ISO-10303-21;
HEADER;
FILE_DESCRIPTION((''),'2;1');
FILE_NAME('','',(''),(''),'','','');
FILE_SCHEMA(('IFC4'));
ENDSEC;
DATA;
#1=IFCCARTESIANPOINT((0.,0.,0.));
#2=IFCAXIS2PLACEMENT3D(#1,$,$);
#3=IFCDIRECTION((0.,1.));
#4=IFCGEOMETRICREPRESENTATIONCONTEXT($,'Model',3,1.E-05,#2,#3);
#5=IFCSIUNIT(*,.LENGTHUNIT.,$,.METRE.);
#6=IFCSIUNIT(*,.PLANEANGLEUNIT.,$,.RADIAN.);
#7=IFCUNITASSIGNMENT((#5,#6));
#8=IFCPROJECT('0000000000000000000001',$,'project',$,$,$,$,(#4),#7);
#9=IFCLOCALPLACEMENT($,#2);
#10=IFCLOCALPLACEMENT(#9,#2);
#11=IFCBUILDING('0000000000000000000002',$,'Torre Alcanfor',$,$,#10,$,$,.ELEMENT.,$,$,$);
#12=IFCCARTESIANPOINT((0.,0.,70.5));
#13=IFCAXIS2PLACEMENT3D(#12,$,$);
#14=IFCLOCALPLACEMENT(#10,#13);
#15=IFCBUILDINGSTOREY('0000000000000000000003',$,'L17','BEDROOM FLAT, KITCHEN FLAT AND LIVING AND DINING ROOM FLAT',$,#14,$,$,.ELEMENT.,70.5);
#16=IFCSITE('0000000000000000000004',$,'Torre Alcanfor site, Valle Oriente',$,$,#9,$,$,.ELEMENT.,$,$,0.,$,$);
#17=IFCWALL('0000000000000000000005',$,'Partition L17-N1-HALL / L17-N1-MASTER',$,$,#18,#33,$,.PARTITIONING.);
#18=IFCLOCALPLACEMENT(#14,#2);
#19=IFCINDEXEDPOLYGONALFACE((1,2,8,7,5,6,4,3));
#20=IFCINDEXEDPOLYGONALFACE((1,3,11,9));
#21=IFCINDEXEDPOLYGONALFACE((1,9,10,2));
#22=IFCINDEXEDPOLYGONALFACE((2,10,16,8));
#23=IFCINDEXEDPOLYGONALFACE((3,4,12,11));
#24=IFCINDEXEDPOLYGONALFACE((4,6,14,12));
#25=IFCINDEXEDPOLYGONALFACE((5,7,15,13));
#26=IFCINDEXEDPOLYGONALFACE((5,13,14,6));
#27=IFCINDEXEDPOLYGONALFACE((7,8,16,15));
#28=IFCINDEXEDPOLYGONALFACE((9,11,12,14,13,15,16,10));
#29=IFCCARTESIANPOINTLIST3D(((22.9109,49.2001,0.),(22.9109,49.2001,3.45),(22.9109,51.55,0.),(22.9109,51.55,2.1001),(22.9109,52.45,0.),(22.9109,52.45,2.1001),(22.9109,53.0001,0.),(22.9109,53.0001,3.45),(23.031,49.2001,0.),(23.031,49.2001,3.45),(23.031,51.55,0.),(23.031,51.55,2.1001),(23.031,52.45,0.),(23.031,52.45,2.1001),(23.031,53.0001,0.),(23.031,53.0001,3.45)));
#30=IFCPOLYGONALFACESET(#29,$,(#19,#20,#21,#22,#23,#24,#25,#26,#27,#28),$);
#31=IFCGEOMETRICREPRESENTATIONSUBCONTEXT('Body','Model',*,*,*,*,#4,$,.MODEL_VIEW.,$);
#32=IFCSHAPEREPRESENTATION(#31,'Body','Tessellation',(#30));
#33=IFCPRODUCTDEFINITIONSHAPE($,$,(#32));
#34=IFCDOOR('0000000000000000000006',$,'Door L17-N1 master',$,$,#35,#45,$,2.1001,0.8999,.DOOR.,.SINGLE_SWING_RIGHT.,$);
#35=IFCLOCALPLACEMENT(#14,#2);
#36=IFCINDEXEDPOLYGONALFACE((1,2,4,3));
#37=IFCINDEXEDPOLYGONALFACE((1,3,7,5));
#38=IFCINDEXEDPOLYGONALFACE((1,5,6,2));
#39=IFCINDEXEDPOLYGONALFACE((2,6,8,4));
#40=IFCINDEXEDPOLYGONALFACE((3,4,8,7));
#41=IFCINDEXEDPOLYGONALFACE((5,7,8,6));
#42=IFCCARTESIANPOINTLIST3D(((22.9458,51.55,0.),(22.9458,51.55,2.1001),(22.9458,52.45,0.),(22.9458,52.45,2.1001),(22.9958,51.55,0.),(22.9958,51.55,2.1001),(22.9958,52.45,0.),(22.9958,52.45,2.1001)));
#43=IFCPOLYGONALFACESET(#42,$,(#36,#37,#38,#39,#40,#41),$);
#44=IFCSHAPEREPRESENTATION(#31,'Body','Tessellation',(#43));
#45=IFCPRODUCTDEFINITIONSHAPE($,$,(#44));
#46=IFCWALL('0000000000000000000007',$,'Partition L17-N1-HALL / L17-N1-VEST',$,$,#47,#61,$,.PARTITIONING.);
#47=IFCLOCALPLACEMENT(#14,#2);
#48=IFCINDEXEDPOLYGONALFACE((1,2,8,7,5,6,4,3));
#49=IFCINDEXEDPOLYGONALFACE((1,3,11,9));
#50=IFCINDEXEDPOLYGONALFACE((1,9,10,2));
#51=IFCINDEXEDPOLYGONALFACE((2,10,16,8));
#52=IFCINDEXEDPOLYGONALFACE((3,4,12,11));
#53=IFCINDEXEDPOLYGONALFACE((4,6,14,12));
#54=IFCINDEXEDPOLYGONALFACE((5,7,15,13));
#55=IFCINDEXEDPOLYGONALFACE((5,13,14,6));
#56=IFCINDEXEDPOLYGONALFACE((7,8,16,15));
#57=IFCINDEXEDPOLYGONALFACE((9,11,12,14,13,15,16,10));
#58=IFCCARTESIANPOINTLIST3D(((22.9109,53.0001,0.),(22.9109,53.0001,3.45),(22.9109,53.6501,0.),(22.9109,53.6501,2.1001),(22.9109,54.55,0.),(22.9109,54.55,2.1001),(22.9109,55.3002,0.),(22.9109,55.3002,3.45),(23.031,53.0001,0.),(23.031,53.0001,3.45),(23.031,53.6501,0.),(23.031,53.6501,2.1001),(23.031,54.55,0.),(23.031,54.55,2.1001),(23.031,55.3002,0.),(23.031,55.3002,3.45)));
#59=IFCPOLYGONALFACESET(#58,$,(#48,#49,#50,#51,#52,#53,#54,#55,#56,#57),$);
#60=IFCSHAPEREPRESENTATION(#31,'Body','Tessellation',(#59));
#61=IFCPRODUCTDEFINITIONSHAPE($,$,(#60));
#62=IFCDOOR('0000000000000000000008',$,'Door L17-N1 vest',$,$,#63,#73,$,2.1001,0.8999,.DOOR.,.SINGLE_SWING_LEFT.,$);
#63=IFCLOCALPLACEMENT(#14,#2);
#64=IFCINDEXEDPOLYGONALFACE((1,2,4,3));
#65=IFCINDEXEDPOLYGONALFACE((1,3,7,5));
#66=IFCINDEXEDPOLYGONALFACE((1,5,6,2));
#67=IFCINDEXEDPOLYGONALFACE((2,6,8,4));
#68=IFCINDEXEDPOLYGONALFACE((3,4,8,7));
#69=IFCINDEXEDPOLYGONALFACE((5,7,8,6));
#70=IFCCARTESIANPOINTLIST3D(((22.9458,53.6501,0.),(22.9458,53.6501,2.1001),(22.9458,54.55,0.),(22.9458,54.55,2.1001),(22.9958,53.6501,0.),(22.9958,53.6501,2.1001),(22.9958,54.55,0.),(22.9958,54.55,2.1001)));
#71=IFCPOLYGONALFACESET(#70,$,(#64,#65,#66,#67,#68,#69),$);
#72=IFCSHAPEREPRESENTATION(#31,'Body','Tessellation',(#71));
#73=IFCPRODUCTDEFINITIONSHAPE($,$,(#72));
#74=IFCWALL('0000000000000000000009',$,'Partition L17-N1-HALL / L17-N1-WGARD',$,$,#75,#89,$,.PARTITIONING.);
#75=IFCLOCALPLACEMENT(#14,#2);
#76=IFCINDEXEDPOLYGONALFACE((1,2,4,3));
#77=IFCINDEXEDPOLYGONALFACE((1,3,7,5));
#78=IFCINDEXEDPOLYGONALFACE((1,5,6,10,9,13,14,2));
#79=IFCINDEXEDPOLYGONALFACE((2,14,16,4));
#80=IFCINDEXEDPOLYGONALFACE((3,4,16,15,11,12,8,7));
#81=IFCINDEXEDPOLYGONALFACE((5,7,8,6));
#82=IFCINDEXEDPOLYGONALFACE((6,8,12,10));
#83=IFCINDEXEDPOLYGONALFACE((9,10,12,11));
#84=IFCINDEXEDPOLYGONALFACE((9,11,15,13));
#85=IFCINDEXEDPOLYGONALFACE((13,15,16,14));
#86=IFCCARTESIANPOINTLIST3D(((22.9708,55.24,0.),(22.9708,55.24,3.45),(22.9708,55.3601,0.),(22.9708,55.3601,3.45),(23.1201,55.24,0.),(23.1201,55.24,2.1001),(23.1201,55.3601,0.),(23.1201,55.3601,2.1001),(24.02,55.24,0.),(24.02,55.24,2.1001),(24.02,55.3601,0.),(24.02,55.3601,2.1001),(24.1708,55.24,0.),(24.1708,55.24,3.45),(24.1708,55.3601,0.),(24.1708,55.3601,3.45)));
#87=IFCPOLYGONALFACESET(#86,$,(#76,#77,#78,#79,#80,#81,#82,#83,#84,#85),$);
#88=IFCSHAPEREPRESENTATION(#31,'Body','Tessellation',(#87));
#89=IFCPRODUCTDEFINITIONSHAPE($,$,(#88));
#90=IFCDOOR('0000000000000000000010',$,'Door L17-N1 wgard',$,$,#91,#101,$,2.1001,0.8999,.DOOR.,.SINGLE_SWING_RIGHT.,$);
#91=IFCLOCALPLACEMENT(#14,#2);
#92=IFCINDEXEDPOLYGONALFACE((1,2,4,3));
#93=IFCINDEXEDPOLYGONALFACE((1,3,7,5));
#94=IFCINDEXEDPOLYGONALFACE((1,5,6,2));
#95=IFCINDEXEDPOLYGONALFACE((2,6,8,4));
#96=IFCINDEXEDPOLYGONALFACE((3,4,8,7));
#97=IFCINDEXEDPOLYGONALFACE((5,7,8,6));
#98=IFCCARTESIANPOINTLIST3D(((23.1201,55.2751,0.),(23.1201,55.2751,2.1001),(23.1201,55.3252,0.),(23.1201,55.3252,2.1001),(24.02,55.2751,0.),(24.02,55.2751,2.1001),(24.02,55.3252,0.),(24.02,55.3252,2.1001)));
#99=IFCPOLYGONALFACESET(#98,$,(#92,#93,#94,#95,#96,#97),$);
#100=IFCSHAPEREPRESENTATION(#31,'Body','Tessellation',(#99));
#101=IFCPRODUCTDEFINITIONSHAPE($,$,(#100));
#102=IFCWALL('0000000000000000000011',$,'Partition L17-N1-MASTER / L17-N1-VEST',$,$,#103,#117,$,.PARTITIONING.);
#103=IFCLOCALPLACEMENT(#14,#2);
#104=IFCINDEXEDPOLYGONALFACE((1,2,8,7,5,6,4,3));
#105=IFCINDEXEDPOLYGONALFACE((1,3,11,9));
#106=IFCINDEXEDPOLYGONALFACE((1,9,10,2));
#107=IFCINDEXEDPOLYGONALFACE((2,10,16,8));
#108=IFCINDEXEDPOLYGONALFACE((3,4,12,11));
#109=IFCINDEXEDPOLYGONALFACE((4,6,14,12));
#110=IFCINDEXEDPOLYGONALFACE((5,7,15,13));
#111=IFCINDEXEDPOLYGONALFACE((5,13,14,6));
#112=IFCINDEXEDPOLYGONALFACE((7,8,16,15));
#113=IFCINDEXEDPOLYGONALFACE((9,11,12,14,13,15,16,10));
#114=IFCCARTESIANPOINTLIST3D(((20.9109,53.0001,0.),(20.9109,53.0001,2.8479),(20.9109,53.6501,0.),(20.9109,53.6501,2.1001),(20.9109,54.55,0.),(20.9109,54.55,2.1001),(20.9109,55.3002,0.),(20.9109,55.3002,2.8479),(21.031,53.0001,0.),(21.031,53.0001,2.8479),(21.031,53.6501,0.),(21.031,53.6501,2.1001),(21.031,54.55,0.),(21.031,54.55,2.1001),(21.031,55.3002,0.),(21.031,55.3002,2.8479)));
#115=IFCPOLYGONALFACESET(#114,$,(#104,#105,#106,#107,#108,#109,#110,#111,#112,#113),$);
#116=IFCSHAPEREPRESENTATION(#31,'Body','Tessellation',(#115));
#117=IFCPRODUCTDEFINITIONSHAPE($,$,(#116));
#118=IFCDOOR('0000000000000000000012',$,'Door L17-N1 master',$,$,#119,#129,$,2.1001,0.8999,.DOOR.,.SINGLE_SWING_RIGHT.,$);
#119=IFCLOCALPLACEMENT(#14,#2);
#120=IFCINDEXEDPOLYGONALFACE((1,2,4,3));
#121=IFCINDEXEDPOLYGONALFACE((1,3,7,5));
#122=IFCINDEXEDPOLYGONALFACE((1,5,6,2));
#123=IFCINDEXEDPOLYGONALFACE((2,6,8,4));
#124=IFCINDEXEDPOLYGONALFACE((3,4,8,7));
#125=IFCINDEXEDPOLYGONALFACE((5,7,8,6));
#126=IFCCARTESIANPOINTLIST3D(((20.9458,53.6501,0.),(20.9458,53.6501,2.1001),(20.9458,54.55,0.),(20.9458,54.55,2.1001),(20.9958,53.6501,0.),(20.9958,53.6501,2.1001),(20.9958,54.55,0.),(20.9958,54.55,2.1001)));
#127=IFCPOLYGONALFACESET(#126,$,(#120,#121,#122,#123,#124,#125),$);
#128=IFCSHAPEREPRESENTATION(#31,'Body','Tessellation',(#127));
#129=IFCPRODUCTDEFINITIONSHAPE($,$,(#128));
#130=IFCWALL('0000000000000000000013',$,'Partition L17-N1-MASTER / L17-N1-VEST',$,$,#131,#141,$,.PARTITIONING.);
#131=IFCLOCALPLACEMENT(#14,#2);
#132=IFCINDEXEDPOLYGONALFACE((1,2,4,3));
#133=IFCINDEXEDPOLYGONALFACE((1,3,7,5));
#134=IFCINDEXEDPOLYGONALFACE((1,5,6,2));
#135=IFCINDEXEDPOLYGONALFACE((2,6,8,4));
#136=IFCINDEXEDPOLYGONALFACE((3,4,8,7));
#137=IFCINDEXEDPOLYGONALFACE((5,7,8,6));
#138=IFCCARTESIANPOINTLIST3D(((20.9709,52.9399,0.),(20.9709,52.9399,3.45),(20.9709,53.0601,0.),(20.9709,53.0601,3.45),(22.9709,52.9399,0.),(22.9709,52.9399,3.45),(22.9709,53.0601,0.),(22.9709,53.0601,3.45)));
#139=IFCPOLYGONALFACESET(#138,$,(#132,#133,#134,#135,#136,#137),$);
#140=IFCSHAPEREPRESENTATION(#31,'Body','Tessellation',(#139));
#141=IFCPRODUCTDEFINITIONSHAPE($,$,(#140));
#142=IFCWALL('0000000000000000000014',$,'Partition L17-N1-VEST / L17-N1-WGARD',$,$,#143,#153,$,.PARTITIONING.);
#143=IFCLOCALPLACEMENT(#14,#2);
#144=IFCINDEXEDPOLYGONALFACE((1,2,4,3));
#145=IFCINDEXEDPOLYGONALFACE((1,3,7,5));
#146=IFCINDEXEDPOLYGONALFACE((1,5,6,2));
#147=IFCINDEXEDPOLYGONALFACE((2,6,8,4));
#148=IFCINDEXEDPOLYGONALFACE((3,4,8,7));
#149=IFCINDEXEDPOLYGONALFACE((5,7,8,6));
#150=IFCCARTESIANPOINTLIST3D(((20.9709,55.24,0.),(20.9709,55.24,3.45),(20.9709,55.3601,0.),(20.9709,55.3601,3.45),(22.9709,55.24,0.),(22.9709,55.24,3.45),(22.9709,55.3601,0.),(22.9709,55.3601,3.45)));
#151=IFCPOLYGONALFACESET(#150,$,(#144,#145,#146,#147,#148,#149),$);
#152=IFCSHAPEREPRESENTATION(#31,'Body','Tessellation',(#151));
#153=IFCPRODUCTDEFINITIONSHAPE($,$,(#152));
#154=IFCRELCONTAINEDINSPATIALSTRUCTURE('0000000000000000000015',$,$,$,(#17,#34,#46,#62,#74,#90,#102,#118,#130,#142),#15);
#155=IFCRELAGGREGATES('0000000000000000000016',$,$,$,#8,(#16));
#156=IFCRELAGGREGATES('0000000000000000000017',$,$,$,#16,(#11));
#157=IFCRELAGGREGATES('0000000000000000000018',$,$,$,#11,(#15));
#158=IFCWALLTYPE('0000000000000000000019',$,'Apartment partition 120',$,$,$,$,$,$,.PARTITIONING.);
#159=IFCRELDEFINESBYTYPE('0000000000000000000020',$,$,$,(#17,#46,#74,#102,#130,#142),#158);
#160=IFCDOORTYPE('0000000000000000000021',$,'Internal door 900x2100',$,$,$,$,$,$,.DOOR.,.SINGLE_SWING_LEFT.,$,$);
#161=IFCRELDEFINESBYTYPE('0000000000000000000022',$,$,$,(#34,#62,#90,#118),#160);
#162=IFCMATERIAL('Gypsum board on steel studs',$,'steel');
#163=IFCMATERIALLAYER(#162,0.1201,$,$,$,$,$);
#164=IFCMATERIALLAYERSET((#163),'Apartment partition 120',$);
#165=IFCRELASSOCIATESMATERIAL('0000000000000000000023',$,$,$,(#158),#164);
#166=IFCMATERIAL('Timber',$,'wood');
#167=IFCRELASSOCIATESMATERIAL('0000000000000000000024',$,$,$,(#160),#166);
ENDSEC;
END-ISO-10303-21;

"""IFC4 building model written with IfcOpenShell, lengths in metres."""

from ifc_helpers import new_model, si_unit, direction, frame, frame_2d, origin, place, context, subcontext, project, spatial, rectangle, extrude, material, layer, layer_set, type_object, element, fill, save


model = new_model("IFC4")

# Units and contexts
model_context = context("Model", 3, precision=1e-05, world=origin(), true_north=direction((0.0, 1.0)))
body_context = subcontext(model_context, "Body", "Model", "MODEL_VIEW")
ifc_project = project(units=[si_unit("LENGTHUNIT", "METRE"), si_unit("PLANEANGLEUNIT", "RADIAN")], contexts=[model_context])

# Site, building, storey
site_placement = place(None, origin())
site = spatial("IfcSite", under=ifc_project, at=site_placement, Name="Torre Alcanfor site, Valle Oriente", CompositionType="ELEMENT", RefElevation=0.0)
building_placement = place(site_placement, origin())
building = spatial("IfcBuilding", under=site, at=building_placement, Name="Torre Alcanfor", CompositionType="ELEMENT")
storey_placement = place(building_placement, frame((0.0, 0.0, 70.5)))
storey = spatial("IfcBuildingStorey", under=building, at=storey_placement, Name="L17", Description="BEDROOM FLAT, KITCHEN FLAT AND LIVING AND DINING ROOM FLAT", CompositionType="ELEMENT", Elevation=70.5)

# Shared definitions
ifc_material_1 = material(Name="Gypsum board on steel studs", Category="steel")
ifc_layer_1 = layer(ifc_material_1, 0.1201)
ifc_layer_set_1 = layer_set([ifc_layer_1], Name="Apartment partition 120")
wall_type = type_object("IfcWallType", Name="Apartment partition 120", PredefinedType="PARTITIONING", material=ifc_layer_set_1)

# Shared definitions
ifc_material_2 = material(Name="Timber", Category="wood")
door_type = type_object("IfcDoorType", Name="Internal door 900x2100", OperationType="SINGLE_SWING_LEFT", PredefinedType="DOOR", material=ifc_material_2)

# Walls, openings, doors
wall_1_placement = place(storey_placement, frame((22.9709, 53.0, 0.0), z_axis=(0.0, 0.0, 1.0), x_axis=(0.0, -1.0, 0.0)))
wall_1 = element("IfcWall", 1, at=wall_1_placement, inside=storey, type_object=wall_type, Name="Partition L17-N1-HALL / L17-N1-MASTER", PredefinedType="PARTITIONING", context=body_context, shape_type="SweptSolid", body=[
    extrude(rectangle(XDim=3.8, YDim=0.1201, at=frame_2d((1.8999, 0.0))), origin(), (0.0, 0.0, 1.0), 3.45),
])
opening_1_placement = place(wall_1_placement, frame((0.55, 0.0, 0.0)))
opening_1 = element("IfcOpeningElement", 2, at=opening_1_placement, cuts=wall_1, PredefinedType="OPENING", context=body_context, shape_type="SweptSolid", body=[
    extrude(rectangle(XDim=0.8999, YDim=2.1001, at=frame_2d((0.45, 1.05))), frame((0.0, 0.0701, 0.0), z_axis=(0.0, -1.0, 0.0), x_axis=(1.0, 0.0, 0.0)), (0.0, 0.0, 1.0), 0.1401),
])
door_1_placement = place(opening_1_placement, frame((0.8999, 0.0, 0.0), z_axis=(0.0, 0.0, 1.0), x_axis=(-1.0, 0.0, 0.0)))
door_1 = element("IfcDoor", 3, at=door_1_placement, inside=storey, type_object=door_type, Name="Door L17-N1 master", OperationType="SINGLE_SWING_RIGHT", OverallHeight=2.1001, OverallWidth=0.8999, PredefinedType="DOOR", context=body_context, shape_type="SweptSolid", body=[
    extrude(rectangle(XDim=0.8999, YDim=2.1001, at=frame_2d((0.45, 1.05))), frame((0.0, 0.0251, 0.0), z_axis=(0.0, -1.0, 0.0), x_axis=(1.0, 0.0, 0.0)), (0.0, 0.0, 1.0), 0.05),
])
fill(opening_1, door_1)
wall_2_placement = place(storey_placement, frame((22.9709, 55.3, 0.0), z_axis=(0.0, 0.0, 1.0), x_axis=(0.0, -1.0, 0.0)))
wall_2 = element("IfcWall", 4, at=wall_2_placement, inside=storey, type_object=wall_type, Name="Partition L17-N1-HALL / L17-N1-VEST", PredefinedType="PARTITIONING", context=body_context, shape_type="SweptSolid", body=[
    extrude(rectangle(XDim=2.3, YDim=0.1201, at=frame_2d((1.1499, 0.0))), origin(), (0.0, 0.0, 1.0), 3.45),
])
opening_2_placement = place(wall_2_placement, frame((0.75, 0.0, 0.0)))
opening_2 = element("IfcOpeningElement", 5, at=opening_2_placement, cuts=wall_2, PredefinedType="OPENING", context=body_context, shape_type="SweptSolid", body=[
    extrude(rectangle(XDim=0.8999, YDim=2.1001, at=frame_2d((0.45, 1.05))), frame((0.0, 0.0701, 0.0), z_axis=(0.0, -1.0, 0.0), x_axis=(1.0, 0.0, 0.0)), (0.0, 0.0, 1.0), 0.1401),
])
door_2_placement = place(opening_2_placement, frame((0.8999, 0.0, 0.0), z_axis=(0.0, 0.0, 1.0), x_axis=(-1.0, 0.0, 0.0)))
door_2 = element("IfcDoor", 6, at=door_2_placement, inside=storey, type_object=door_type, Name="Door L17-N1 vest", OperationType="SINGLE_SWING_LEFT", OverallHeight=2.1001, OverallWidth=0.8999, PredefinedType="DOOR", context=body_context, shape_type="SweptSolid", body=[
    extrude(rectangle(XDim=0.8999, YDim=2.1001, at=frame_2d((0.45, 1.05))), frame((0.0, 0.0251, 0.0), z_axis=(0.0, -1.0, 0.0), x_axis=(1.0, 0.0, 0.0)), (0.0, 0.0, 1.0), 0.05),
])
fill(opening_2, door_2)
wall_3_placement = place(storey_placement, frame((24.1709, 55.3, 0.0), z_axis=(0.0, 0.0, 1.0), x_axis=(-1.0, 0.0, 0.0)))
wall_3 = element("IfcWall", 7, at=wall_3_placement, inside=storey, type_object=wall_type, Name="Partition L17-N1-HALL / L17-N1-WGARD", PredefinedType="PARTITIONING", context=body_context, shape_type="SweptSolid", body=[
    extrude(rectangle(XDim=1.2, YDim=0.1201, at=frame_2d((0.6001, 0.0))), origin(), (0.0, 0.0, 1.0), 3.45),
])
opening_3_placement = place(wall_3_placement, frame((0.1509, 0.0, 0.0)))
opening_3 = element("IfcOpeningElement", 8, at=opening_3_placement, cuts=wall_3, PredefinedType="OPENING", context=body_context, shape_type="SweptSolid", body=[
    extrude(rectangle(XDim=0.8999, YDim=2.1001, at=frame_2d((0.45, 1.05))), frame((0.0, 0.0701, 0.0), z_axis=(0.0, -1.0, 0.0), x_axis=(1.0, 0.0, 0.0)), (0.0, 0.0, 1.0), 0.1401),
])
door_3_placement = place(opening_3_placement, frame((0.8999, 0.0, 0.0), z_axis=(0.0, 0.0, 1.0), x_axis=(-1.0, 0.0, 0.0)))
door_3 = element("IfcDoor", 9, at=door_3_placement, inside=storey, type_object=door_type, Name="Door L17-N1 wgard", OperationType="SINGLE_SWING_RIGHT", OverallHeight=2.1001, OverallWidth=0.8999, PredefinedType="DOOR", context=body_context, shape_type="SweptSolid", body=[
    extrude(rectangle(XDim=0.8999, YDim=2.1001, at=frame_2d((0.45, 1.05))), frame((0.0, 0.0251, 0.0), z_axis=(0.0, -1.0, 0.0), x_axis=(1.0, 0.0, 0.0)), (0.0, 0.0, 1.0), 0.05),
])
fill(opening_3, door_3)
wall_4_placement = place(storey_placement, frame((20.9709, 55.3, 0.0), z_axis=(0.0, 0.0, 1.0), x_axis=(0.0, -1.0, 0.0)))
wall_4 = element("IfcWall", 10, at=wall_4_placement, inside=storey, type_object=wall_type, Name="Partition L17-N1-MASTER / L17-N1-VEST", PredefinedType="PARTITIONING", context=body_context, shape_type="SweptSolid", body=[
    extrude(rectangle(XDim=2.3, YDim=0.1201, at=frame_2d((1.1499, 0.0))), origin(), (0.0, 0.0, 1.0), 2.8479),
])
opening_4_placement = place(wall_4_placement, frame((0.75, 0.0, 0.0)))
opening_4 = element("IfcOpeningElement", 11, at=opening_4_placement, cuts=wall_4, PredefinedType="OPENING", context=body_context, shape_type="SweptSolid", body=[
    extrude(rectangle(XDim=0.8999, YDim=2.1001, at=frame_2d((0.45, 1.05))), frame((0.0, 0.0701, 0.0), z_axis=(0.0, -1.0, 0.0), x_axis=(1.0, 0.0, 0.0)), (0.0, 0.0, 1.0), 0.1401),
])
door_4_placement = place(opening_4_placement, origin())
door_4 = element("IfcDoor", 12, at=door_4_placement, inside=storey, type_object=door_type, Name="Door L17-N1 master", OperationType="SINGLE_SWING_RIGHT", OverallHeight=2.1001, OverallWidth=0.8999, PredefinedType="DOOR", context=body_context, shape_type="SweptSolid", body=[
    extrude(rectangle(XDim=0.8999, YDim=2.1001, at=frame_2d((0.45, 1.05))), frame((0.0, 0.0249, 0.0), z_axis=(0.0, -1.0, 0.0), x_axis=(1.0, 0.0, 0.0)), (0.0, 0.0, 1.0), 0.05),
])
fill(opening_4, door_4)

# Walls
for number, where, z_axis, x_axis, name in (
    (13, (20.9709, 53.0, 0.0), (0.0, 0.0, 1.0), (1.0, 0.0, 0.0), "Partition L17-N1-MASTER / L17-N1-VEST"),
    (14, (22.9709, 55.3, 0.0), (0.0, 0.0, 1.0), (-1.0, 0.0, 0.0), "Partition L17-N1-VEST / L17-N1-WGARD"),
):
    element("IfcWall", number, at=place(storey_placement, frame(where, z_axis=z_axis, x_axis=x_axis)), inside=storey, type_object=wall_type, Name=name, PredefinedType="PARTITIONING", context=body_context, shape_type="SweptSolid", body=[
        extrude(rectangle(XDim=2.0, YDim=0.1201, at=frame_2d((1.0, 0.0))), origin(), (0.0, 0.0, 1.0), 3.45),
    ])

save(model, "model.ifc")
